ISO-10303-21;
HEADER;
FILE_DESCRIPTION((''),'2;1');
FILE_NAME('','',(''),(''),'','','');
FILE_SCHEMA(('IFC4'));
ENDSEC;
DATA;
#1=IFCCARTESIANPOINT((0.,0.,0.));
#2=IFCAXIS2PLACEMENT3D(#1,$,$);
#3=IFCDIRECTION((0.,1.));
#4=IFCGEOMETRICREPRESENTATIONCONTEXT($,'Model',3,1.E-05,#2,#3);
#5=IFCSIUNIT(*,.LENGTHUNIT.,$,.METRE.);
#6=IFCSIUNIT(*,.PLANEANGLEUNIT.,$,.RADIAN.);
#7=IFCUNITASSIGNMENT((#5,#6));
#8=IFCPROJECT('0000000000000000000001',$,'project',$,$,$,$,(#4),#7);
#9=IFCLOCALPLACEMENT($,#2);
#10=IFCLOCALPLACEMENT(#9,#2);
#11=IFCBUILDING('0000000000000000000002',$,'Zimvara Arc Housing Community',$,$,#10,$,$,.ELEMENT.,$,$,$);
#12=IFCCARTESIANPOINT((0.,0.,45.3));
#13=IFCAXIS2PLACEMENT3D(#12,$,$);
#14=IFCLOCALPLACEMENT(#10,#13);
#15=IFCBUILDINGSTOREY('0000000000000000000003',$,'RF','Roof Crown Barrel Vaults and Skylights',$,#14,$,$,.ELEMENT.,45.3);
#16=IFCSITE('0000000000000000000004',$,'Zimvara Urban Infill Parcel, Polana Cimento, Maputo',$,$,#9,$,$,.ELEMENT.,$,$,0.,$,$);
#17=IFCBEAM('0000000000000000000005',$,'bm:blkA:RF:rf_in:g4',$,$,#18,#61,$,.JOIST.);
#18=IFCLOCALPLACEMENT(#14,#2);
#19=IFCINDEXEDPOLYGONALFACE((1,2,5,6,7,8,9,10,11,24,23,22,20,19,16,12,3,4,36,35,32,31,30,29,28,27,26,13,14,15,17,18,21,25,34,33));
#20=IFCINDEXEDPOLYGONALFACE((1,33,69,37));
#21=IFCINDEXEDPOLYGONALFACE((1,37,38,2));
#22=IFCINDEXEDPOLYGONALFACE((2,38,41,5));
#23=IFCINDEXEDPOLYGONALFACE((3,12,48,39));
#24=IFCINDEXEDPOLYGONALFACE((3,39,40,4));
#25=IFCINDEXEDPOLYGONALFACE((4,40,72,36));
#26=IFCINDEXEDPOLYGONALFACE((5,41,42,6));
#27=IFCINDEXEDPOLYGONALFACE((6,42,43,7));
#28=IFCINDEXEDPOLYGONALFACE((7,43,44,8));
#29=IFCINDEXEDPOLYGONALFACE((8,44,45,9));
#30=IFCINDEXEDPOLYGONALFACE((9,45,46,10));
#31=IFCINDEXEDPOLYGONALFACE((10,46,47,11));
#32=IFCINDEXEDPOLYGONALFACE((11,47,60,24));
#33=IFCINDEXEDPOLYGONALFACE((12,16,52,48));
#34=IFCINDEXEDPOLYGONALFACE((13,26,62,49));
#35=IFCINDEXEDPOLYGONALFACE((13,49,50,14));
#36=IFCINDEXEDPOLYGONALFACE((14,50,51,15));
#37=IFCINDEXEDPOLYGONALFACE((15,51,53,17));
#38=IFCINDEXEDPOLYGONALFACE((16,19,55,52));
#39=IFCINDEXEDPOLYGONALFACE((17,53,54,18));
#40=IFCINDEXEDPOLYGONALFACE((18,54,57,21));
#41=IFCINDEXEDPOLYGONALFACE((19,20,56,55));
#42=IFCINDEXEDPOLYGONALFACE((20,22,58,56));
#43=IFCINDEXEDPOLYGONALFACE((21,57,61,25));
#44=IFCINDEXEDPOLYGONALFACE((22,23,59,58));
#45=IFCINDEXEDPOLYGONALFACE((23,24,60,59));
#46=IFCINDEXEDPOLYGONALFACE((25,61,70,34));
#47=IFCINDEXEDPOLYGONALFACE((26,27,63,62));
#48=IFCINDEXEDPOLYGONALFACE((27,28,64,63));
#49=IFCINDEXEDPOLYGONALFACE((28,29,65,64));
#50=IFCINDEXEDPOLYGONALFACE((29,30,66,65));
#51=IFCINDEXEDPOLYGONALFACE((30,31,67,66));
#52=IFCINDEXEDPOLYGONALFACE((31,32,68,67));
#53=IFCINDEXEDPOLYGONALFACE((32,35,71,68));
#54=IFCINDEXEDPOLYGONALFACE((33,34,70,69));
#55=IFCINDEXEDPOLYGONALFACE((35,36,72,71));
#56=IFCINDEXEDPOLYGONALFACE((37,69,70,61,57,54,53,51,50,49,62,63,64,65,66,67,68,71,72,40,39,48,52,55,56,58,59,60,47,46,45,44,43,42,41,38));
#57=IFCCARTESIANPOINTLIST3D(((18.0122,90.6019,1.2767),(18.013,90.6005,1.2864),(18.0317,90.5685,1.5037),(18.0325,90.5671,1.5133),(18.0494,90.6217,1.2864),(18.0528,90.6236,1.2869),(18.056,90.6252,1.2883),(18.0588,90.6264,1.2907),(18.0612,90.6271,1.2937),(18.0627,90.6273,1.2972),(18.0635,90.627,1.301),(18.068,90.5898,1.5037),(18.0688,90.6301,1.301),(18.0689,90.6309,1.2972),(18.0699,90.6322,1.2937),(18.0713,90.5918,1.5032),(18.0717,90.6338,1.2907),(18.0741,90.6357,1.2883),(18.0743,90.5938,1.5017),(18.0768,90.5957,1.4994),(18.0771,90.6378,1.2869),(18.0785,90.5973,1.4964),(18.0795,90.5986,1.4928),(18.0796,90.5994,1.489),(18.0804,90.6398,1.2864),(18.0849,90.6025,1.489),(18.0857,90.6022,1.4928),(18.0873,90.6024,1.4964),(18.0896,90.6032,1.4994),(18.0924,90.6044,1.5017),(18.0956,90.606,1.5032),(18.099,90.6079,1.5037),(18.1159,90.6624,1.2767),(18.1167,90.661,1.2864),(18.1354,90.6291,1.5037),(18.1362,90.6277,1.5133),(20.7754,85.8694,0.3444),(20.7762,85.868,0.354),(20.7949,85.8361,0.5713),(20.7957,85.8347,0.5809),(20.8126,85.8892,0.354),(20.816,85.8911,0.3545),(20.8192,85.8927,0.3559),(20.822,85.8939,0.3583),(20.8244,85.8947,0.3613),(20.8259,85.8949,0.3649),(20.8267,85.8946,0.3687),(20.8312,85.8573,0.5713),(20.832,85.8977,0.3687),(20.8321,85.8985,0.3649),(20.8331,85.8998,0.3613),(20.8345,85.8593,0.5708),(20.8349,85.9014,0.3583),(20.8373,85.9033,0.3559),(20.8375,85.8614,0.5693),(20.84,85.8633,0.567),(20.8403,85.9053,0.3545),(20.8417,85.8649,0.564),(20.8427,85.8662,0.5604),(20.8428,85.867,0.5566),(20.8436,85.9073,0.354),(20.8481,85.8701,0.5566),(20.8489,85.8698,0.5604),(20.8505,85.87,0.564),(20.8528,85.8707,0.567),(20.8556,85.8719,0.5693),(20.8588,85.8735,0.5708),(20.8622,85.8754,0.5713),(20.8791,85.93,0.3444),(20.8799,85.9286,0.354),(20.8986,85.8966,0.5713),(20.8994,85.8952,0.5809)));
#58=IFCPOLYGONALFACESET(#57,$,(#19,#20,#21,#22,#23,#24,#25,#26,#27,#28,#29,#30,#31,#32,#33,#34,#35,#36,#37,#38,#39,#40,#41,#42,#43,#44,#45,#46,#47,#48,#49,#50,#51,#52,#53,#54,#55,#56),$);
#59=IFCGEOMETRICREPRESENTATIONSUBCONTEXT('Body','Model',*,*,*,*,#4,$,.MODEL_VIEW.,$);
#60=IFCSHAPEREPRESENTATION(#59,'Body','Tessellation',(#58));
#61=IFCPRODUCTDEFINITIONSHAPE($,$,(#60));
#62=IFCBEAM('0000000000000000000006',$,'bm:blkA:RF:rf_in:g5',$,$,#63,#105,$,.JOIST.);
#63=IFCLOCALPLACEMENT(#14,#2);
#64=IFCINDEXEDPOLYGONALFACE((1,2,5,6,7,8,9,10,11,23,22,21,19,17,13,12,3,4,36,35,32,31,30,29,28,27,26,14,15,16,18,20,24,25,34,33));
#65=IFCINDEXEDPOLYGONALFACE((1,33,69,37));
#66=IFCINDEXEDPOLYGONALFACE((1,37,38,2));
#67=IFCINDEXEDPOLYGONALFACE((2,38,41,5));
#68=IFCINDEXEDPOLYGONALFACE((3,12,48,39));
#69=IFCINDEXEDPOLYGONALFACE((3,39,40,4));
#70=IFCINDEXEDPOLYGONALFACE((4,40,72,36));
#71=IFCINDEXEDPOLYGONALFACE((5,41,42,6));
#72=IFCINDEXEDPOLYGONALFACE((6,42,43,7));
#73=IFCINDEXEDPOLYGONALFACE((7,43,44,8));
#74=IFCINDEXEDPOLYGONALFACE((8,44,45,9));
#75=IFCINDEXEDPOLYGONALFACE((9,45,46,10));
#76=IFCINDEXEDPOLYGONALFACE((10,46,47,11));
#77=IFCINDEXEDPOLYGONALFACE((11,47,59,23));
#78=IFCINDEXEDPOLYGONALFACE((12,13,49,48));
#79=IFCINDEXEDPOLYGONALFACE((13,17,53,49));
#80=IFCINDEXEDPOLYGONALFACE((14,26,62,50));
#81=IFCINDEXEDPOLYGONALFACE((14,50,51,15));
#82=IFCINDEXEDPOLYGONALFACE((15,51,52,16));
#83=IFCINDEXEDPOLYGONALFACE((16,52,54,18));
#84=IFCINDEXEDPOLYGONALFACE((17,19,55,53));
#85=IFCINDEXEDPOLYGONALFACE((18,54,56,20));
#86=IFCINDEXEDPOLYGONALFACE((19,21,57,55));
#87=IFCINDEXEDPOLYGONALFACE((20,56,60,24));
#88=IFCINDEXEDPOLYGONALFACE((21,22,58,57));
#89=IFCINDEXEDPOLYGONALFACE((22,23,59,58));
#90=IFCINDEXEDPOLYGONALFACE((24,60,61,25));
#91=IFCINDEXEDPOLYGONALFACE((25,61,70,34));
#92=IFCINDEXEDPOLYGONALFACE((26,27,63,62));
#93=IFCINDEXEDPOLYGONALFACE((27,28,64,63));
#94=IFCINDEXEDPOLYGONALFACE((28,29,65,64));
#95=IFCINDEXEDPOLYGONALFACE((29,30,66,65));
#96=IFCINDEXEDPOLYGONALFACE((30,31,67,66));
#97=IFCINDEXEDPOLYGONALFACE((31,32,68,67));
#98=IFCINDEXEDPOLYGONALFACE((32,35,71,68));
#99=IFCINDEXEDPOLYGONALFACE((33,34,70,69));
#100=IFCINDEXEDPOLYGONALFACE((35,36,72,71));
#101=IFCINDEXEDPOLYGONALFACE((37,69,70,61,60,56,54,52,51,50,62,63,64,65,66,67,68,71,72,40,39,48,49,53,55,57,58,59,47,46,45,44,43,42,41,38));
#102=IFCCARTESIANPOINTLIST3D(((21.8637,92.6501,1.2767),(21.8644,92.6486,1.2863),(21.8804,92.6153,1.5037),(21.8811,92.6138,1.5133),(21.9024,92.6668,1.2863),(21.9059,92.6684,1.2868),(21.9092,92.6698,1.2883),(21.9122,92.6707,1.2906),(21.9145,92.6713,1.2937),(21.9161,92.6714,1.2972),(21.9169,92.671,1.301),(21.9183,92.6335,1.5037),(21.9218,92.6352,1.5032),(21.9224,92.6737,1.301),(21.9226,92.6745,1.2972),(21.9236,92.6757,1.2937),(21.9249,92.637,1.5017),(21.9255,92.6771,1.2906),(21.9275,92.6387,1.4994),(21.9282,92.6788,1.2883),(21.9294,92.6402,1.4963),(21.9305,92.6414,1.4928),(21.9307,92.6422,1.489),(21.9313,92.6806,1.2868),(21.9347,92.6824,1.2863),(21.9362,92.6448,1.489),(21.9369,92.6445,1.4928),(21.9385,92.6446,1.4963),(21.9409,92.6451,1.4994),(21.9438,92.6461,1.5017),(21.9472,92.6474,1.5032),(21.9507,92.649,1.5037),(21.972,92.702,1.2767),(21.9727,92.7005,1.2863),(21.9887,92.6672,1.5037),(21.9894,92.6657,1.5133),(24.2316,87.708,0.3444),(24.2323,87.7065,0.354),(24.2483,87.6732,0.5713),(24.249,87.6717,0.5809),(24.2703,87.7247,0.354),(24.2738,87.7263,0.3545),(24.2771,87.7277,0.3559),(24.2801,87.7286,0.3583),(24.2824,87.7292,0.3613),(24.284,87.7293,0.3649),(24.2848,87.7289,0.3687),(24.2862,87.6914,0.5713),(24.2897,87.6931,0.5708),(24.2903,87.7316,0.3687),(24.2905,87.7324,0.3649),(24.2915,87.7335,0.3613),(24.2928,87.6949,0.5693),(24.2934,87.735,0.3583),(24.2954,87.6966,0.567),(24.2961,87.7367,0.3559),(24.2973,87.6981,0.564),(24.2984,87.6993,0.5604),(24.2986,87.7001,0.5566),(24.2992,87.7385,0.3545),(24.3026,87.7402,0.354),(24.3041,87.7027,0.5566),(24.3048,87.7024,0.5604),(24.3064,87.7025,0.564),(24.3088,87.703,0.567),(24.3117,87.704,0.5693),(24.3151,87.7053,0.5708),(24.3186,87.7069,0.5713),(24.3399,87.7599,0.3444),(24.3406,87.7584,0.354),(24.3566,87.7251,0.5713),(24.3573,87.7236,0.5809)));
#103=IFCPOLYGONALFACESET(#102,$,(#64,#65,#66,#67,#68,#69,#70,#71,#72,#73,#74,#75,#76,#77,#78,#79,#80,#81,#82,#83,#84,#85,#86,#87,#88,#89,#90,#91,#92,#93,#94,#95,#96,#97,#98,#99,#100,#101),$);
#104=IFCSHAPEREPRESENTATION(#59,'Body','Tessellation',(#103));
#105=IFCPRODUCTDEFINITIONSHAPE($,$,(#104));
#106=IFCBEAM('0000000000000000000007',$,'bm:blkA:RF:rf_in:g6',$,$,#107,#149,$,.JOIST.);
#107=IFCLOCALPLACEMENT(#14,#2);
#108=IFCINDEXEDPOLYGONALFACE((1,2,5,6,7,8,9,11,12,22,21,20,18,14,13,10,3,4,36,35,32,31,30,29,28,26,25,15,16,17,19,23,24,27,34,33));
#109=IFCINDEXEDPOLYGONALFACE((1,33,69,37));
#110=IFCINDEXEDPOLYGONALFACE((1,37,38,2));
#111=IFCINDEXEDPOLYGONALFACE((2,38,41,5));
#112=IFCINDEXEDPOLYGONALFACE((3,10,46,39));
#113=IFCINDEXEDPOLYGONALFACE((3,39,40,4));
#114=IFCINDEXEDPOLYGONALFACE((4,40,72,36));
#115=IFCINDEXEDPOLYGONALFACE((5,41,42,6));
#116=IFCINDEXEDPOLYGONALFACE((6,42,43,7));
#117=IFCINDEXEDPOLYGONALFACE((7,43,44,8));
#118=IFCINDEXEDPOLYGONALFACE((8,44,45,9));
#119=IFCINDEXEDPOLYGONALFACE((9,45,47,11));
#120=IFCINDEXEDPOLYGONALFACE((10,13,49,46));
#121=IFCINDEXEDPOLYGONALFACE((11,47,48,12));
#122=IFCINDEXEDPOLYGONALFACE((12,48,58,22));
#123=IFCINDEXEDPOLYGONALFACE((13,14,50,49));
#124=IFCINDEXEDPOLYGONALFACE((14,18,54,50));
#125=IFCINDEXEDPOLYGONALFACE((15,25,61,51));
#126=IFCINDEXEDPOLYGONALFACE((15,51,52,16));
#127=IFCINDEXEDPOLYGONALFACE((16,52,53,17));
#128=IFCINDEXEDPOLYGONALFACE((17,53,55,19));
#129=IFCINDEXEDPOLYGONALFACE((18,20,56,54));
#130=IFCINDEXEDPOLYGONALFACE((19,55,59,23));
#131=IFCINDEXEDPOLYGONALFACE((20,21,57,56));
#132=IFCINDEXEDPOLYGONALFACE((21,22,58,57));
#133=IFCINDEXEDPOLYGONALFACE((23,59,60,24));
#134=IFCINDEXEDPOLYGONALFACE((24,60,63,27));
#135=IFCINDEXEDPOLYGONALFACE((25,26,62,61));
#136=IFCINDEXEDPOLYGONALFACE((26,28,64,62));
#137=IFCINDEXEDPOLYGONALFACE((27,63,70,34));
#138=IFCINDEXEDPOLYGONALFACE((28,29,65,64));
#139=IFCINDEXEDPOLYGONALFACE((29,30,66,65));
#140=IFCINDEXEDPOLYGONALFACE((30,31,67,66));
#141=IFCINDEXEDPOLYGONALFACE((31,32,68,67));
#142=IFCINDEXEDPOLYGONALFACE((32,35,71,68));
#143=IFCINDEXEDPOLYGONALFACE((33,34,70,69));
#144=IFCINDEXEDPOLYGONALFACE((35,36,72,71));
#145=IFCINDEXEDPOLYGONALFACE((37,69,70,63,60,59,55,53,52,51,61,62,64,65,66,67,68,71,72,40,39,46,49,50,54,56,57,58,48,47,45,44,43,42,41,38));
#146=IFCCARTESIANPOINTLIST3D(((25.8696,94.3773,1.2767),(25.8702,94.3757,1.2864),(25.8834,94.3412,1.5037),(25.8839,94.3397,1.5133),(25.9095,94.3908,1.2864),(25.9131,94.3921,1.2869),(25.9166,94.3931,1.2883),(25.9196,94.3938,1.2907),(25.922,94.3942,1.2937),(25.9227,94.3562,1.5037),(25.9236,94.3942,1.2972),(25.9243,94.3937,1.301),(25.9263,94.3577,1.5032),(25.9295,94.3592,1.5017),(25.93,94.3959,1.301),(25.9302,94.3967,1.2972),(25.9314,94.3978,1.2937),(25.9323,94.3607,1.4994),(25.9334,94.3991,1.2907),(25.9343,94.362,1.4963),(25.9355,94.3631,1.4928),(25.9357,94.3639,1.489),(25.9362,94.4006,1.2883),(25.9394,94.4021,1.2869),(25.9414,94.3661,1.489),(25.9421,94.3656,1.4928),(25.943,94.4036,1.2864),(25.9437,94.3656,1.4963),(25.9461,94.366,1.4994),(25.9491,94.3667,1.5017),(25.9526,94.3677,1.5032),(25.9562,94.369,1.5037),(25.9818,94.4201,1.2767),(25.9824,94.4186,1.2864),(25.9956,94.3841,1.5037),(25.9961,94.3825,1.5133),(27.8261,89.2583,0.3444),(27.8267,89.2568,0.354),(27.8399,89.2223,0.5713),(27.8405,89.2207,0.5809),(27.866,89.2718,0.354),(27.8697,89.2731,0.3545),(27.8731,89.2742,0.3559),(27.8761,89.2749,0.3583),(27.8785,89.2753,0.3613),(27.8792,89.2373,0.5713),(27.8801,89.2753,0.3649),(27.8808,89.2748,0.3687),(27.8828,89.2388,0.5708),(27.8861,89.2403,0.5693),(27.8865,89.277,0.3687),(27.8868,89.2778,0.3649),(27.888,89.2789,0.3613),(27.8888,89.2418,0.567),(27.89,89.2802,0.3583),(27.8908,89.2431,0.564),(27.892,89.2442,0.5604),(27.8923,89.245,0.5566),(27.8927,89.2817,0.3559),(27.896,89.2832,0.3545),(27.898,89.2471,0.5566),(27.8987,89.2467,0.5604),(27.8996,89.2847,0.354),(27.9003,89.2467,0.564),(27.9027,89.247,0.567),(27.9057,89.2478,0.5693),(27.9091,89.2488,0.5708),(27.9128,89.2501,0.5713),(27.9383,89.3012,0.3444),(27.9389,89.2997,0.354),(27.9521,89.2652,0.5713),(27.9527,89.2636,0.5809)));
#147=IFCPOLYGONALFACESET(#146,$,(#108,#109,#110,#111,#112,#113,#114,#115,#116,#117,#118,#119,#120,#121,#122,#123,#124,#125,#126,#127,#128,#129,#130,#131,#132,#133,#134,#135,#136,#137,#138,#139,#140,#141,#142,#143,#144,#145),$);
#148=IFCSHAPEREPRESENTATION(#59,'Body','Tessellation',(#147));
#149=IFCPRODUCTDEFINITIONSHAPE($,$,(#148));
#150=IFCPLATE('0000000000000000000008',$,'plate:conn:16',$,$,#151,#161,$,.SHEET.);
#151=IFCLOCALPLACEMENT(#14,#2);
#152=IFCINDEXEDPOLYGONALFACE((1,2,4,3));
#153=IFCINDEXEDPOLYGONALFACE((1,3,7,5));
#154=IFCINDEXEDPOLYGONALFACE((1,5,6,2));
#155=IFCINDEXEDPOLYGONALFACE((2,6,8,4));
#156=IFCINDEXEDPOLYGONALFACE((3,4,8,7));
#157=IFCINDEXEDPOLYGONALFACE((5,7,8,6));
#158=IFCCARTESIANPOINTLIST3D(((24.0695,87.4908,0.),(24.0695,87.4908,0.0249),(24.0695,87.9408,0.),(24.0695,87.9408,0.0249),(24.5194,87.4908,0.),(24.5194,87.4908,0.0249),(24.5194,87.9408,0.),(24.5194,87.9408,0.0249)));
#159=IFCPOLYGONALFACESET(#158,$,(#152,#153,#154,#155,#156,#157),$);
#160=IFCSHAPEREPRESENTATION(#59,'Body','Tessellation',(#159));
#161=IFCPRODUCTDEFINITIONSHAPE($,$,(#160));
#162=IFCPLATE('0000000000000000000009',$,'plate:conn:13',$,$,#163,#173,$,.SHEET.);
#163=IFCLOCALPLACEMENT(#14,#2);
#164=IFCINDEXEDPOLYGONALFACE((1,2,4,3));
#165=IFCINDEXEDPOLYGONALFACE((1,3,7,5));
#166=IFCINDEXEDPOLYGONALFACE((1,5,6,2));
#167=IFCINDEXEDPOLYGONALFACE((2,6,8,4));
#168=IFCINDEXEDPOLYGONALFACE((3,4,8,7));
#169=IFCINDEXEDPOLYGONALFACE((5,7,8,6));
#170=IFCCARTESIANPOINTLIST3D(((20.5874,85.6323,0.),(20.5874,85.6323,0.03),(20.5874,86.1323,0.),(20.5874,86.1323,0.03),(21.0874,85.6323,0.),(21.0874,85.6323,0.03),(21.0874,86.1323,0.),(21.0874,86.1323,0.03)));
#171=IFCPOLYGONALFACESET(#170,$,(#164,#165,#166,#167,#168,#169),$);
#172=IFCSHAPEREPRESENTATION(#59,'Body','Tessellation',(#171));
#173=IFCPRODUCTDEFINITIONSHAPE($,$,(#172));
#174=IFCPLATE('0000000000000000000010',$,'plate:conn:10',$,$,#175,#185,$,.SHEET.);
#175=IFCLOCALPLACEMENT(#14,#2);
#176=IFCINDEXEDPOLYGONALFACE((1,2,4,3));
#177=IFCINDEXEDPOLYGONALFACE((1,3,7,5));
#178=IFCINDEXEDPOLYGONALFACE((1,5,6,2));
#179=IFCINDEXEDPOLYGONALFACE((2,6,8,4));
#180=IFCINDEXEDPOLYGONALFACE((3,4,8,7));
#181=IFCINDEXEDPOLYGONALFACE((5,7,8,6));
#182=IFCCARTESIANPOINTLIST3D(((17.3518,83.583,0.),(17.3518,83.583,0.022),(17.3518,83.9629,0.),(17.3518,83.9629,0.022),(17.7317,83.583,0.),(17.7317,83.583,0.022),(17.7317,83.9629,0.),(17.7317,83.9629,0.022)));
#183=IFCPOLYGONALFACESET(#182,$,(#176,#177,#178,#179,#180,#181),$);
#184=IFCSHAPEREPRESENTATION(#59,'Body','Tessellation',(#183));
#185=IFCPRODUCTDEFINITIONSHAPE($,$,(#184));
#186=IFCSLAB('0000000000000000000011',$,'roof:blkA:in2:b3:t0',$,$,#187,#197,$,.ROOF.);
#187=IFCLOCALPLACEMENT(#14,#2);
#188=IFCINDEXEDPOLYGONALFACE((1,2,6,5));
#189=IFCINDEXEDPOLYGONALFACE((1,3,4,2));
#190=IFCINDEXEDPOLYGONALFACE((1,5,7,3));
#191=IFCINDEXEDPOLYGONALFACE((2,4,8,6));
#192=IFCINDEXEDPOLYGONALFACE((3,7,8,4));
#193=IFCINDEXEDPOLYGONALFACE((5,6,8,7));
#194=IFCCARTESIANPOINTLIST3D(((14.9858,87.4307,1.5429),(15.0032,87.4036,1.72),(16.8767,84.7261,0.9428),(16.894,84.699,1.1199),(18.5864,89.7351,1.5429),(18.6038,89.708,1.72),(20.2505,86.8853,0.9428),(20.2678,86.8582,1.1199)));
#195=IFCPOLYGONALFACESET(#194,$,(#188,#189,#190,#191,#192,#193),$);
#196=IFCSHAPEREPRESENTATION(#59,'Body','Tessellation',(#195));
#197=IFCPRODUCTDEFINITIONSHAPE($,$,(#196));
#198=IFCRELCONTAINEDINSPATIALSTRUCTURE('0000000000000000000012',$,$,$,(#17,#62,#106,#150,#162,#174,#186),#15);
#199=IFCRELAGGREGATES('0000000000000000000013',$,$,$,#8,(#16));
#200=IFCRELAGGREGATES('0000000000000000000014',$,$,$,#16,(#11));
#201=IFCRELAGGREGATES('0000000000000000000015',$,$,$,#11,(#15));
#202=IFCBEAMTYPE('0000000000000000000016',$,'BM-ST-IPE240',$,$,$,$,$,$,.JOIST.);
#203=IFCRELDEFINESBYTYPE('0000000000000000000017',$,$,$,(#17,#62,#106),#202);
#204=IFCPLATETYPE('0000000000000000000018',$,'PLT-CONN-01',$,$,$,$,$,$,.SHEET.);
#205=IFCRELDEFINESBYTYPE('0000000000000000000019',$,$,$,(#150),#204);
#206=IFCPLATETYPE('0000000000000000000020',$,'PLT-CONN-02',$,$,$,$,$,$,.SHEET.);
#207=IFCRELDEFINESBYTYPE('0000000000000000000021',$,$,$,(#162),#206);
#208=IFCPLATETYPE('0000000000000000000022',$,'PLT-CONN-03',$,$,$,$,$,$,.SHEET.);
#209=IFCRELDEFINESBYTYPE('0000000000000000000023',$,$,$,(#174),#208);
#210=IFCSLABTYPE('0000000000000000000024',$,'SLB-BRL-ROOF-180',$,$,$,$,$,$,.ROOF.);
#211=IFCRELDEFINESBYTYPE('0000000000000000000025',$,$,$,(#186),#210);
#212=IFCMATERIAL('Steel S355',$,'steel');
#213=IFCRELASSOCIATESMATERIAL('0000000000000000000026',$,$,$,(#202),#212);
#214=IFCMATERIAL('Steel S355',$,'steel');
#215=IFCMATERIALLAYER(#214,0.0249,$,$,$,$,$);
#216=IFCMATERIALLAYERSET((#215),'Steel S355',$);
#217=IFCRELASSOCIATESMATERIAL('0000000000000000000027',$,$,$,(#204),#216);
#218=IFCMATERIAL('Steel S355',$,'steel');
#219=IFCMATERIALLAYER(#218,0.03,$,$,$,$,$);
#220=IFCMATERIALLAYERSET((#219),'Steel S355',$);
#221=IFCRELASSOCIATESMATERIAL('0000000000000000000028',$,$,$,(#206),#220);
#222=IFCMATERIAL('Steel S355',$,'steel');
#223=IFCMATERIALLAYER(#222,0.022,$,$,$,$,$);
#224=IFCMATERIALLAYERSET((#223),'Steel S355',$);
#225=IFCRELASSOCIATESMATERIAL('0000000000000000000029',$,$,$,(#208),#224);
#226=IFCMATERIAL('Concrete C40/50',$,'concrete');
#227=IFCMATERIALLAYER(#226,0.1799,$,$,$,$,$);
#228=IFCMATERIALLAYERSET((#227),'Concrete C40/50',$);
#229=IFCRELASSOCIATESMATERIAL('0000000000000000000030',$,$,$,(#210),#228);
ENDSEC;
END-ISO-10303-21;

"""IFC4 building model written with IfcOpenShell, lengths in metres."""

from ifc_helpers import new_model, si_unit, direction, frame, origin, origin_2d, place, context, subcontext, project, spatial, polyline, rectangle, i_section, outline, extrude, material, layer, layer_set, material_profile, profile_set, type_object, element, save


model = new_model("IFC4")

# Units and contexts
model_context = context("Model", 3, precision=1e-05, world=origin(), true_north=direction((0.0, 1.0)))
body_context = subcontext(model_context, "Body", "Model", "MODEL_VIEW")
ifc_project = project(units=[si_unit("LENGTHUNIT", "METRE"), si_unit("PLANEANGLEUNIT", "RADIAN")], contexts=[model_context])

# Site, building, storey
site_placement = place(None, origin())
site = spatial("IfcSite", under=ifc_project, at=site_placement, Name="Zimvara Urban Infill Parcel, Polana Cimento, Maputo", CompositionType="ELEMENT", RefElevation=0.0)
building_placement = place(site_placement, origin())
building = spatial("IfcBuilding", under=site, at=building_placement, Name="Zimvara Arc Housing Community", CompositionType="ELEMENT")
storey_placement = place(building_placement, frame((0.0, 0.0, 45.3)))
storey = spatial("IfcBuildingStorey", under=building, at=storey_placement, Name="RF", Description="Roof Crown Barrel Vaults and Skylights", CompositionType="ELEMENT", Elevation=45.3)

# Beams
ifc_material_1 = material(Name="Steel S355", Category="steel")
ifc_material_profile_1 = material_profile(ifc_material_1, i_section(OverallWidth=0.1201, OverallDepth=0.24, WebThickness=0.0061, FlangeThickness=0.0098, FilletRadius=0.0149, at=origin_2d()), Name="IPE 240")
ifc_profile_set_1 = profile_set([ifc_material_profile_1], Name="Steel S355")
beam_type_1 = type_object("IfcBeamType", Name="BM-ST-IPE240", PredefinedType="JOIST", material=ifc_profile_set_1)
for number, where, z_axis, x_axis, name in (
    (1, (20.8374, 85.8823, 0.4626), (-0.497082, 0.851338, 0.167729), (-0.863572, -0.504226, 0.0), "bm:blkA:RF:rf_in:g4"),
    (2, (24.2944, 87.7158, 0.4626), (-0.425971, 0.889054, 0.167727), (-0.901829, -0.432092, 0.0), "bm:blkA:RF:rf_in:g5"),
    (3, (27.8894, 89.261, 0.4626), (-0.351971, 0.92086, 0.167729), (-0.934093, -0.357029, 0.0), "bm:blkA:RF:rf_in:g6"),
):
    element("IfcBeam", number, at=place(storey_placement, frame(where, z_axis=z_axis, x_axis=x_axis)), inside=storey, type_object=beam_type_1, Name=name, PredefinedType="JOIST", context=body_context, shape_type="SweptSolid", body=[
        extrude(i_section(OverallWidth=0.1201, OverallDepth=0.24, WebThickness=0.0061, FlangeThickness=0.0098, FilletRadius=0.0149, at=origin_2d()), origin(), (0.0, 0.0, 1.0), 5.5588),
    ])

# Plates
ifc_material_2 = material(Name="Steel S355", Category="steel")
ifc_layer_1 = layer(ifc_material_2, 0.0249)
ifc_layer_set_1 = layer_set([ifc_layer_1], Name="Steel S355")
plate_type_1 = type_object("IfcPlateType", Name="PLT-CONN-01", PredefinedType="SHEET", material=ifc_layer_set_1)
plate_1_placement = place(storey_placement, frame((24.2944, 87.7158, 0.0), z_axis=(0.0, 0.0, 1.0), x_axis=(1.0, 0.0, 0.0)))
element("IfcPlate", 4, at=plate_1_placement, inside=storey, type_object=plate_type_1, Name="plate:conn:16", PredefinedType="SHEET", context=body_context, shape_type="SweptSolid", body=[
    extrude(rectangle(XDim=0.45, YDim=0.45, at=origin_2d()), origin(), (0.0, 0.0, 1.0), 0.0249),
])
ifc_material_3 = material(Name="Steel S355", Category="steel")
ifc_layer_2 = layer(ifc_material_3, 0.03)
ifc_layer_set_2 = layer_set([ifc_layer_2], Name="Steel S355")
plate_type_2 = type_object("IfcPlateType", Name="PLT-CONN-02", PredefinedType="SHEET", material=ifc_layer_set_2)
plate_2_placement = place(storey_placement, frame((20.8374, 85.8823, 0.0), z_axis=(0.0, 0.0, 1.0), x_axis=(1.0, 0.0, 0.0)))
element("IfcPlate", 5, at=plate_2_placement, inside=storey, type_object=plate_type_2, Name="plate:conn:13", PredefinedType="SHEET", context=body_context, shape_type="SweptSolid", body=[
    extrude(rectangle(XDim=0.5, YDim=0.5, at=origin_2d()), origin(), (0.0, 0.0, 1.0), 0.03),
])
ifc_material_4 = material(Name="Steel S355", Category="steel")
ifc_layer_3 = layer(ifc_material_4, 0.022)
ifc_layer_set_3 = layer_set([ifc_layer_3], Name="Steel S355")
plate_type_3 = type_object("IfcPlateType", Name="PLT-CONN-03", PredefinedType="SHEET", material=ifc_layer_set_3)
plate_3_placement = place(storey_placement, frame((17.5417, 83.7729, 0.0), z_axis=(0.0, 0.0, 1.0), x_axis=(1.0, 0.0, 0.0)))
element("IfcPlate", 6, at=plate_3_placement, inside=storey, type_object=plate_type_3, Name="plate:conn:10", PredefinedType="SHEET", context=body_context, shape_type="SweptSolid", body=[
    extrude(rectangle(XDim=0.3799, YDim=0.3799, at=origin_2d()), origin(), (0.0, 0.0, 1.0), 0.022),
])

# Slab
ifc_material_5 = material(Name="Concrete C40/50", Category="concrete")
ifc_layer_4 = layer(ifc_material_5, 0.1799)
ifc_layer_set_4 = layer_set([ifc_layer_4], Name="Concrete C40/50")
slab_type = type_object("IfcSlabType", Name="SLB-BRL-ROOF-180", PredefinedType="ROOF", material=ifc_layer_set_4)
slab_1_placement = place(storey_placement, frame((16.894, 84.699, 1.1199), z_axis=(0.09652, -0.150812, 0.983839), x_axis=(0.842276, 0.539047, -0.000002)))
element("IfcSlab", 7, at=slab_1_placement, inside=storey, type_object=slab_type, Name="roof:blkA:in2:b3:t0", PredefinedType="ROOF", context=body_context, shape_type="SweptSolid", body=[
    extrude(outline(polyline([(0.0, 0.0), (4.0056, 0.0), (4.1402, 3.3515), (-0.1347, 3.3514), (0.0, 0.0)])), origin(), (0.0, 0.0, -1.0), 0.1799),
])

save(model, "model.ifc")
